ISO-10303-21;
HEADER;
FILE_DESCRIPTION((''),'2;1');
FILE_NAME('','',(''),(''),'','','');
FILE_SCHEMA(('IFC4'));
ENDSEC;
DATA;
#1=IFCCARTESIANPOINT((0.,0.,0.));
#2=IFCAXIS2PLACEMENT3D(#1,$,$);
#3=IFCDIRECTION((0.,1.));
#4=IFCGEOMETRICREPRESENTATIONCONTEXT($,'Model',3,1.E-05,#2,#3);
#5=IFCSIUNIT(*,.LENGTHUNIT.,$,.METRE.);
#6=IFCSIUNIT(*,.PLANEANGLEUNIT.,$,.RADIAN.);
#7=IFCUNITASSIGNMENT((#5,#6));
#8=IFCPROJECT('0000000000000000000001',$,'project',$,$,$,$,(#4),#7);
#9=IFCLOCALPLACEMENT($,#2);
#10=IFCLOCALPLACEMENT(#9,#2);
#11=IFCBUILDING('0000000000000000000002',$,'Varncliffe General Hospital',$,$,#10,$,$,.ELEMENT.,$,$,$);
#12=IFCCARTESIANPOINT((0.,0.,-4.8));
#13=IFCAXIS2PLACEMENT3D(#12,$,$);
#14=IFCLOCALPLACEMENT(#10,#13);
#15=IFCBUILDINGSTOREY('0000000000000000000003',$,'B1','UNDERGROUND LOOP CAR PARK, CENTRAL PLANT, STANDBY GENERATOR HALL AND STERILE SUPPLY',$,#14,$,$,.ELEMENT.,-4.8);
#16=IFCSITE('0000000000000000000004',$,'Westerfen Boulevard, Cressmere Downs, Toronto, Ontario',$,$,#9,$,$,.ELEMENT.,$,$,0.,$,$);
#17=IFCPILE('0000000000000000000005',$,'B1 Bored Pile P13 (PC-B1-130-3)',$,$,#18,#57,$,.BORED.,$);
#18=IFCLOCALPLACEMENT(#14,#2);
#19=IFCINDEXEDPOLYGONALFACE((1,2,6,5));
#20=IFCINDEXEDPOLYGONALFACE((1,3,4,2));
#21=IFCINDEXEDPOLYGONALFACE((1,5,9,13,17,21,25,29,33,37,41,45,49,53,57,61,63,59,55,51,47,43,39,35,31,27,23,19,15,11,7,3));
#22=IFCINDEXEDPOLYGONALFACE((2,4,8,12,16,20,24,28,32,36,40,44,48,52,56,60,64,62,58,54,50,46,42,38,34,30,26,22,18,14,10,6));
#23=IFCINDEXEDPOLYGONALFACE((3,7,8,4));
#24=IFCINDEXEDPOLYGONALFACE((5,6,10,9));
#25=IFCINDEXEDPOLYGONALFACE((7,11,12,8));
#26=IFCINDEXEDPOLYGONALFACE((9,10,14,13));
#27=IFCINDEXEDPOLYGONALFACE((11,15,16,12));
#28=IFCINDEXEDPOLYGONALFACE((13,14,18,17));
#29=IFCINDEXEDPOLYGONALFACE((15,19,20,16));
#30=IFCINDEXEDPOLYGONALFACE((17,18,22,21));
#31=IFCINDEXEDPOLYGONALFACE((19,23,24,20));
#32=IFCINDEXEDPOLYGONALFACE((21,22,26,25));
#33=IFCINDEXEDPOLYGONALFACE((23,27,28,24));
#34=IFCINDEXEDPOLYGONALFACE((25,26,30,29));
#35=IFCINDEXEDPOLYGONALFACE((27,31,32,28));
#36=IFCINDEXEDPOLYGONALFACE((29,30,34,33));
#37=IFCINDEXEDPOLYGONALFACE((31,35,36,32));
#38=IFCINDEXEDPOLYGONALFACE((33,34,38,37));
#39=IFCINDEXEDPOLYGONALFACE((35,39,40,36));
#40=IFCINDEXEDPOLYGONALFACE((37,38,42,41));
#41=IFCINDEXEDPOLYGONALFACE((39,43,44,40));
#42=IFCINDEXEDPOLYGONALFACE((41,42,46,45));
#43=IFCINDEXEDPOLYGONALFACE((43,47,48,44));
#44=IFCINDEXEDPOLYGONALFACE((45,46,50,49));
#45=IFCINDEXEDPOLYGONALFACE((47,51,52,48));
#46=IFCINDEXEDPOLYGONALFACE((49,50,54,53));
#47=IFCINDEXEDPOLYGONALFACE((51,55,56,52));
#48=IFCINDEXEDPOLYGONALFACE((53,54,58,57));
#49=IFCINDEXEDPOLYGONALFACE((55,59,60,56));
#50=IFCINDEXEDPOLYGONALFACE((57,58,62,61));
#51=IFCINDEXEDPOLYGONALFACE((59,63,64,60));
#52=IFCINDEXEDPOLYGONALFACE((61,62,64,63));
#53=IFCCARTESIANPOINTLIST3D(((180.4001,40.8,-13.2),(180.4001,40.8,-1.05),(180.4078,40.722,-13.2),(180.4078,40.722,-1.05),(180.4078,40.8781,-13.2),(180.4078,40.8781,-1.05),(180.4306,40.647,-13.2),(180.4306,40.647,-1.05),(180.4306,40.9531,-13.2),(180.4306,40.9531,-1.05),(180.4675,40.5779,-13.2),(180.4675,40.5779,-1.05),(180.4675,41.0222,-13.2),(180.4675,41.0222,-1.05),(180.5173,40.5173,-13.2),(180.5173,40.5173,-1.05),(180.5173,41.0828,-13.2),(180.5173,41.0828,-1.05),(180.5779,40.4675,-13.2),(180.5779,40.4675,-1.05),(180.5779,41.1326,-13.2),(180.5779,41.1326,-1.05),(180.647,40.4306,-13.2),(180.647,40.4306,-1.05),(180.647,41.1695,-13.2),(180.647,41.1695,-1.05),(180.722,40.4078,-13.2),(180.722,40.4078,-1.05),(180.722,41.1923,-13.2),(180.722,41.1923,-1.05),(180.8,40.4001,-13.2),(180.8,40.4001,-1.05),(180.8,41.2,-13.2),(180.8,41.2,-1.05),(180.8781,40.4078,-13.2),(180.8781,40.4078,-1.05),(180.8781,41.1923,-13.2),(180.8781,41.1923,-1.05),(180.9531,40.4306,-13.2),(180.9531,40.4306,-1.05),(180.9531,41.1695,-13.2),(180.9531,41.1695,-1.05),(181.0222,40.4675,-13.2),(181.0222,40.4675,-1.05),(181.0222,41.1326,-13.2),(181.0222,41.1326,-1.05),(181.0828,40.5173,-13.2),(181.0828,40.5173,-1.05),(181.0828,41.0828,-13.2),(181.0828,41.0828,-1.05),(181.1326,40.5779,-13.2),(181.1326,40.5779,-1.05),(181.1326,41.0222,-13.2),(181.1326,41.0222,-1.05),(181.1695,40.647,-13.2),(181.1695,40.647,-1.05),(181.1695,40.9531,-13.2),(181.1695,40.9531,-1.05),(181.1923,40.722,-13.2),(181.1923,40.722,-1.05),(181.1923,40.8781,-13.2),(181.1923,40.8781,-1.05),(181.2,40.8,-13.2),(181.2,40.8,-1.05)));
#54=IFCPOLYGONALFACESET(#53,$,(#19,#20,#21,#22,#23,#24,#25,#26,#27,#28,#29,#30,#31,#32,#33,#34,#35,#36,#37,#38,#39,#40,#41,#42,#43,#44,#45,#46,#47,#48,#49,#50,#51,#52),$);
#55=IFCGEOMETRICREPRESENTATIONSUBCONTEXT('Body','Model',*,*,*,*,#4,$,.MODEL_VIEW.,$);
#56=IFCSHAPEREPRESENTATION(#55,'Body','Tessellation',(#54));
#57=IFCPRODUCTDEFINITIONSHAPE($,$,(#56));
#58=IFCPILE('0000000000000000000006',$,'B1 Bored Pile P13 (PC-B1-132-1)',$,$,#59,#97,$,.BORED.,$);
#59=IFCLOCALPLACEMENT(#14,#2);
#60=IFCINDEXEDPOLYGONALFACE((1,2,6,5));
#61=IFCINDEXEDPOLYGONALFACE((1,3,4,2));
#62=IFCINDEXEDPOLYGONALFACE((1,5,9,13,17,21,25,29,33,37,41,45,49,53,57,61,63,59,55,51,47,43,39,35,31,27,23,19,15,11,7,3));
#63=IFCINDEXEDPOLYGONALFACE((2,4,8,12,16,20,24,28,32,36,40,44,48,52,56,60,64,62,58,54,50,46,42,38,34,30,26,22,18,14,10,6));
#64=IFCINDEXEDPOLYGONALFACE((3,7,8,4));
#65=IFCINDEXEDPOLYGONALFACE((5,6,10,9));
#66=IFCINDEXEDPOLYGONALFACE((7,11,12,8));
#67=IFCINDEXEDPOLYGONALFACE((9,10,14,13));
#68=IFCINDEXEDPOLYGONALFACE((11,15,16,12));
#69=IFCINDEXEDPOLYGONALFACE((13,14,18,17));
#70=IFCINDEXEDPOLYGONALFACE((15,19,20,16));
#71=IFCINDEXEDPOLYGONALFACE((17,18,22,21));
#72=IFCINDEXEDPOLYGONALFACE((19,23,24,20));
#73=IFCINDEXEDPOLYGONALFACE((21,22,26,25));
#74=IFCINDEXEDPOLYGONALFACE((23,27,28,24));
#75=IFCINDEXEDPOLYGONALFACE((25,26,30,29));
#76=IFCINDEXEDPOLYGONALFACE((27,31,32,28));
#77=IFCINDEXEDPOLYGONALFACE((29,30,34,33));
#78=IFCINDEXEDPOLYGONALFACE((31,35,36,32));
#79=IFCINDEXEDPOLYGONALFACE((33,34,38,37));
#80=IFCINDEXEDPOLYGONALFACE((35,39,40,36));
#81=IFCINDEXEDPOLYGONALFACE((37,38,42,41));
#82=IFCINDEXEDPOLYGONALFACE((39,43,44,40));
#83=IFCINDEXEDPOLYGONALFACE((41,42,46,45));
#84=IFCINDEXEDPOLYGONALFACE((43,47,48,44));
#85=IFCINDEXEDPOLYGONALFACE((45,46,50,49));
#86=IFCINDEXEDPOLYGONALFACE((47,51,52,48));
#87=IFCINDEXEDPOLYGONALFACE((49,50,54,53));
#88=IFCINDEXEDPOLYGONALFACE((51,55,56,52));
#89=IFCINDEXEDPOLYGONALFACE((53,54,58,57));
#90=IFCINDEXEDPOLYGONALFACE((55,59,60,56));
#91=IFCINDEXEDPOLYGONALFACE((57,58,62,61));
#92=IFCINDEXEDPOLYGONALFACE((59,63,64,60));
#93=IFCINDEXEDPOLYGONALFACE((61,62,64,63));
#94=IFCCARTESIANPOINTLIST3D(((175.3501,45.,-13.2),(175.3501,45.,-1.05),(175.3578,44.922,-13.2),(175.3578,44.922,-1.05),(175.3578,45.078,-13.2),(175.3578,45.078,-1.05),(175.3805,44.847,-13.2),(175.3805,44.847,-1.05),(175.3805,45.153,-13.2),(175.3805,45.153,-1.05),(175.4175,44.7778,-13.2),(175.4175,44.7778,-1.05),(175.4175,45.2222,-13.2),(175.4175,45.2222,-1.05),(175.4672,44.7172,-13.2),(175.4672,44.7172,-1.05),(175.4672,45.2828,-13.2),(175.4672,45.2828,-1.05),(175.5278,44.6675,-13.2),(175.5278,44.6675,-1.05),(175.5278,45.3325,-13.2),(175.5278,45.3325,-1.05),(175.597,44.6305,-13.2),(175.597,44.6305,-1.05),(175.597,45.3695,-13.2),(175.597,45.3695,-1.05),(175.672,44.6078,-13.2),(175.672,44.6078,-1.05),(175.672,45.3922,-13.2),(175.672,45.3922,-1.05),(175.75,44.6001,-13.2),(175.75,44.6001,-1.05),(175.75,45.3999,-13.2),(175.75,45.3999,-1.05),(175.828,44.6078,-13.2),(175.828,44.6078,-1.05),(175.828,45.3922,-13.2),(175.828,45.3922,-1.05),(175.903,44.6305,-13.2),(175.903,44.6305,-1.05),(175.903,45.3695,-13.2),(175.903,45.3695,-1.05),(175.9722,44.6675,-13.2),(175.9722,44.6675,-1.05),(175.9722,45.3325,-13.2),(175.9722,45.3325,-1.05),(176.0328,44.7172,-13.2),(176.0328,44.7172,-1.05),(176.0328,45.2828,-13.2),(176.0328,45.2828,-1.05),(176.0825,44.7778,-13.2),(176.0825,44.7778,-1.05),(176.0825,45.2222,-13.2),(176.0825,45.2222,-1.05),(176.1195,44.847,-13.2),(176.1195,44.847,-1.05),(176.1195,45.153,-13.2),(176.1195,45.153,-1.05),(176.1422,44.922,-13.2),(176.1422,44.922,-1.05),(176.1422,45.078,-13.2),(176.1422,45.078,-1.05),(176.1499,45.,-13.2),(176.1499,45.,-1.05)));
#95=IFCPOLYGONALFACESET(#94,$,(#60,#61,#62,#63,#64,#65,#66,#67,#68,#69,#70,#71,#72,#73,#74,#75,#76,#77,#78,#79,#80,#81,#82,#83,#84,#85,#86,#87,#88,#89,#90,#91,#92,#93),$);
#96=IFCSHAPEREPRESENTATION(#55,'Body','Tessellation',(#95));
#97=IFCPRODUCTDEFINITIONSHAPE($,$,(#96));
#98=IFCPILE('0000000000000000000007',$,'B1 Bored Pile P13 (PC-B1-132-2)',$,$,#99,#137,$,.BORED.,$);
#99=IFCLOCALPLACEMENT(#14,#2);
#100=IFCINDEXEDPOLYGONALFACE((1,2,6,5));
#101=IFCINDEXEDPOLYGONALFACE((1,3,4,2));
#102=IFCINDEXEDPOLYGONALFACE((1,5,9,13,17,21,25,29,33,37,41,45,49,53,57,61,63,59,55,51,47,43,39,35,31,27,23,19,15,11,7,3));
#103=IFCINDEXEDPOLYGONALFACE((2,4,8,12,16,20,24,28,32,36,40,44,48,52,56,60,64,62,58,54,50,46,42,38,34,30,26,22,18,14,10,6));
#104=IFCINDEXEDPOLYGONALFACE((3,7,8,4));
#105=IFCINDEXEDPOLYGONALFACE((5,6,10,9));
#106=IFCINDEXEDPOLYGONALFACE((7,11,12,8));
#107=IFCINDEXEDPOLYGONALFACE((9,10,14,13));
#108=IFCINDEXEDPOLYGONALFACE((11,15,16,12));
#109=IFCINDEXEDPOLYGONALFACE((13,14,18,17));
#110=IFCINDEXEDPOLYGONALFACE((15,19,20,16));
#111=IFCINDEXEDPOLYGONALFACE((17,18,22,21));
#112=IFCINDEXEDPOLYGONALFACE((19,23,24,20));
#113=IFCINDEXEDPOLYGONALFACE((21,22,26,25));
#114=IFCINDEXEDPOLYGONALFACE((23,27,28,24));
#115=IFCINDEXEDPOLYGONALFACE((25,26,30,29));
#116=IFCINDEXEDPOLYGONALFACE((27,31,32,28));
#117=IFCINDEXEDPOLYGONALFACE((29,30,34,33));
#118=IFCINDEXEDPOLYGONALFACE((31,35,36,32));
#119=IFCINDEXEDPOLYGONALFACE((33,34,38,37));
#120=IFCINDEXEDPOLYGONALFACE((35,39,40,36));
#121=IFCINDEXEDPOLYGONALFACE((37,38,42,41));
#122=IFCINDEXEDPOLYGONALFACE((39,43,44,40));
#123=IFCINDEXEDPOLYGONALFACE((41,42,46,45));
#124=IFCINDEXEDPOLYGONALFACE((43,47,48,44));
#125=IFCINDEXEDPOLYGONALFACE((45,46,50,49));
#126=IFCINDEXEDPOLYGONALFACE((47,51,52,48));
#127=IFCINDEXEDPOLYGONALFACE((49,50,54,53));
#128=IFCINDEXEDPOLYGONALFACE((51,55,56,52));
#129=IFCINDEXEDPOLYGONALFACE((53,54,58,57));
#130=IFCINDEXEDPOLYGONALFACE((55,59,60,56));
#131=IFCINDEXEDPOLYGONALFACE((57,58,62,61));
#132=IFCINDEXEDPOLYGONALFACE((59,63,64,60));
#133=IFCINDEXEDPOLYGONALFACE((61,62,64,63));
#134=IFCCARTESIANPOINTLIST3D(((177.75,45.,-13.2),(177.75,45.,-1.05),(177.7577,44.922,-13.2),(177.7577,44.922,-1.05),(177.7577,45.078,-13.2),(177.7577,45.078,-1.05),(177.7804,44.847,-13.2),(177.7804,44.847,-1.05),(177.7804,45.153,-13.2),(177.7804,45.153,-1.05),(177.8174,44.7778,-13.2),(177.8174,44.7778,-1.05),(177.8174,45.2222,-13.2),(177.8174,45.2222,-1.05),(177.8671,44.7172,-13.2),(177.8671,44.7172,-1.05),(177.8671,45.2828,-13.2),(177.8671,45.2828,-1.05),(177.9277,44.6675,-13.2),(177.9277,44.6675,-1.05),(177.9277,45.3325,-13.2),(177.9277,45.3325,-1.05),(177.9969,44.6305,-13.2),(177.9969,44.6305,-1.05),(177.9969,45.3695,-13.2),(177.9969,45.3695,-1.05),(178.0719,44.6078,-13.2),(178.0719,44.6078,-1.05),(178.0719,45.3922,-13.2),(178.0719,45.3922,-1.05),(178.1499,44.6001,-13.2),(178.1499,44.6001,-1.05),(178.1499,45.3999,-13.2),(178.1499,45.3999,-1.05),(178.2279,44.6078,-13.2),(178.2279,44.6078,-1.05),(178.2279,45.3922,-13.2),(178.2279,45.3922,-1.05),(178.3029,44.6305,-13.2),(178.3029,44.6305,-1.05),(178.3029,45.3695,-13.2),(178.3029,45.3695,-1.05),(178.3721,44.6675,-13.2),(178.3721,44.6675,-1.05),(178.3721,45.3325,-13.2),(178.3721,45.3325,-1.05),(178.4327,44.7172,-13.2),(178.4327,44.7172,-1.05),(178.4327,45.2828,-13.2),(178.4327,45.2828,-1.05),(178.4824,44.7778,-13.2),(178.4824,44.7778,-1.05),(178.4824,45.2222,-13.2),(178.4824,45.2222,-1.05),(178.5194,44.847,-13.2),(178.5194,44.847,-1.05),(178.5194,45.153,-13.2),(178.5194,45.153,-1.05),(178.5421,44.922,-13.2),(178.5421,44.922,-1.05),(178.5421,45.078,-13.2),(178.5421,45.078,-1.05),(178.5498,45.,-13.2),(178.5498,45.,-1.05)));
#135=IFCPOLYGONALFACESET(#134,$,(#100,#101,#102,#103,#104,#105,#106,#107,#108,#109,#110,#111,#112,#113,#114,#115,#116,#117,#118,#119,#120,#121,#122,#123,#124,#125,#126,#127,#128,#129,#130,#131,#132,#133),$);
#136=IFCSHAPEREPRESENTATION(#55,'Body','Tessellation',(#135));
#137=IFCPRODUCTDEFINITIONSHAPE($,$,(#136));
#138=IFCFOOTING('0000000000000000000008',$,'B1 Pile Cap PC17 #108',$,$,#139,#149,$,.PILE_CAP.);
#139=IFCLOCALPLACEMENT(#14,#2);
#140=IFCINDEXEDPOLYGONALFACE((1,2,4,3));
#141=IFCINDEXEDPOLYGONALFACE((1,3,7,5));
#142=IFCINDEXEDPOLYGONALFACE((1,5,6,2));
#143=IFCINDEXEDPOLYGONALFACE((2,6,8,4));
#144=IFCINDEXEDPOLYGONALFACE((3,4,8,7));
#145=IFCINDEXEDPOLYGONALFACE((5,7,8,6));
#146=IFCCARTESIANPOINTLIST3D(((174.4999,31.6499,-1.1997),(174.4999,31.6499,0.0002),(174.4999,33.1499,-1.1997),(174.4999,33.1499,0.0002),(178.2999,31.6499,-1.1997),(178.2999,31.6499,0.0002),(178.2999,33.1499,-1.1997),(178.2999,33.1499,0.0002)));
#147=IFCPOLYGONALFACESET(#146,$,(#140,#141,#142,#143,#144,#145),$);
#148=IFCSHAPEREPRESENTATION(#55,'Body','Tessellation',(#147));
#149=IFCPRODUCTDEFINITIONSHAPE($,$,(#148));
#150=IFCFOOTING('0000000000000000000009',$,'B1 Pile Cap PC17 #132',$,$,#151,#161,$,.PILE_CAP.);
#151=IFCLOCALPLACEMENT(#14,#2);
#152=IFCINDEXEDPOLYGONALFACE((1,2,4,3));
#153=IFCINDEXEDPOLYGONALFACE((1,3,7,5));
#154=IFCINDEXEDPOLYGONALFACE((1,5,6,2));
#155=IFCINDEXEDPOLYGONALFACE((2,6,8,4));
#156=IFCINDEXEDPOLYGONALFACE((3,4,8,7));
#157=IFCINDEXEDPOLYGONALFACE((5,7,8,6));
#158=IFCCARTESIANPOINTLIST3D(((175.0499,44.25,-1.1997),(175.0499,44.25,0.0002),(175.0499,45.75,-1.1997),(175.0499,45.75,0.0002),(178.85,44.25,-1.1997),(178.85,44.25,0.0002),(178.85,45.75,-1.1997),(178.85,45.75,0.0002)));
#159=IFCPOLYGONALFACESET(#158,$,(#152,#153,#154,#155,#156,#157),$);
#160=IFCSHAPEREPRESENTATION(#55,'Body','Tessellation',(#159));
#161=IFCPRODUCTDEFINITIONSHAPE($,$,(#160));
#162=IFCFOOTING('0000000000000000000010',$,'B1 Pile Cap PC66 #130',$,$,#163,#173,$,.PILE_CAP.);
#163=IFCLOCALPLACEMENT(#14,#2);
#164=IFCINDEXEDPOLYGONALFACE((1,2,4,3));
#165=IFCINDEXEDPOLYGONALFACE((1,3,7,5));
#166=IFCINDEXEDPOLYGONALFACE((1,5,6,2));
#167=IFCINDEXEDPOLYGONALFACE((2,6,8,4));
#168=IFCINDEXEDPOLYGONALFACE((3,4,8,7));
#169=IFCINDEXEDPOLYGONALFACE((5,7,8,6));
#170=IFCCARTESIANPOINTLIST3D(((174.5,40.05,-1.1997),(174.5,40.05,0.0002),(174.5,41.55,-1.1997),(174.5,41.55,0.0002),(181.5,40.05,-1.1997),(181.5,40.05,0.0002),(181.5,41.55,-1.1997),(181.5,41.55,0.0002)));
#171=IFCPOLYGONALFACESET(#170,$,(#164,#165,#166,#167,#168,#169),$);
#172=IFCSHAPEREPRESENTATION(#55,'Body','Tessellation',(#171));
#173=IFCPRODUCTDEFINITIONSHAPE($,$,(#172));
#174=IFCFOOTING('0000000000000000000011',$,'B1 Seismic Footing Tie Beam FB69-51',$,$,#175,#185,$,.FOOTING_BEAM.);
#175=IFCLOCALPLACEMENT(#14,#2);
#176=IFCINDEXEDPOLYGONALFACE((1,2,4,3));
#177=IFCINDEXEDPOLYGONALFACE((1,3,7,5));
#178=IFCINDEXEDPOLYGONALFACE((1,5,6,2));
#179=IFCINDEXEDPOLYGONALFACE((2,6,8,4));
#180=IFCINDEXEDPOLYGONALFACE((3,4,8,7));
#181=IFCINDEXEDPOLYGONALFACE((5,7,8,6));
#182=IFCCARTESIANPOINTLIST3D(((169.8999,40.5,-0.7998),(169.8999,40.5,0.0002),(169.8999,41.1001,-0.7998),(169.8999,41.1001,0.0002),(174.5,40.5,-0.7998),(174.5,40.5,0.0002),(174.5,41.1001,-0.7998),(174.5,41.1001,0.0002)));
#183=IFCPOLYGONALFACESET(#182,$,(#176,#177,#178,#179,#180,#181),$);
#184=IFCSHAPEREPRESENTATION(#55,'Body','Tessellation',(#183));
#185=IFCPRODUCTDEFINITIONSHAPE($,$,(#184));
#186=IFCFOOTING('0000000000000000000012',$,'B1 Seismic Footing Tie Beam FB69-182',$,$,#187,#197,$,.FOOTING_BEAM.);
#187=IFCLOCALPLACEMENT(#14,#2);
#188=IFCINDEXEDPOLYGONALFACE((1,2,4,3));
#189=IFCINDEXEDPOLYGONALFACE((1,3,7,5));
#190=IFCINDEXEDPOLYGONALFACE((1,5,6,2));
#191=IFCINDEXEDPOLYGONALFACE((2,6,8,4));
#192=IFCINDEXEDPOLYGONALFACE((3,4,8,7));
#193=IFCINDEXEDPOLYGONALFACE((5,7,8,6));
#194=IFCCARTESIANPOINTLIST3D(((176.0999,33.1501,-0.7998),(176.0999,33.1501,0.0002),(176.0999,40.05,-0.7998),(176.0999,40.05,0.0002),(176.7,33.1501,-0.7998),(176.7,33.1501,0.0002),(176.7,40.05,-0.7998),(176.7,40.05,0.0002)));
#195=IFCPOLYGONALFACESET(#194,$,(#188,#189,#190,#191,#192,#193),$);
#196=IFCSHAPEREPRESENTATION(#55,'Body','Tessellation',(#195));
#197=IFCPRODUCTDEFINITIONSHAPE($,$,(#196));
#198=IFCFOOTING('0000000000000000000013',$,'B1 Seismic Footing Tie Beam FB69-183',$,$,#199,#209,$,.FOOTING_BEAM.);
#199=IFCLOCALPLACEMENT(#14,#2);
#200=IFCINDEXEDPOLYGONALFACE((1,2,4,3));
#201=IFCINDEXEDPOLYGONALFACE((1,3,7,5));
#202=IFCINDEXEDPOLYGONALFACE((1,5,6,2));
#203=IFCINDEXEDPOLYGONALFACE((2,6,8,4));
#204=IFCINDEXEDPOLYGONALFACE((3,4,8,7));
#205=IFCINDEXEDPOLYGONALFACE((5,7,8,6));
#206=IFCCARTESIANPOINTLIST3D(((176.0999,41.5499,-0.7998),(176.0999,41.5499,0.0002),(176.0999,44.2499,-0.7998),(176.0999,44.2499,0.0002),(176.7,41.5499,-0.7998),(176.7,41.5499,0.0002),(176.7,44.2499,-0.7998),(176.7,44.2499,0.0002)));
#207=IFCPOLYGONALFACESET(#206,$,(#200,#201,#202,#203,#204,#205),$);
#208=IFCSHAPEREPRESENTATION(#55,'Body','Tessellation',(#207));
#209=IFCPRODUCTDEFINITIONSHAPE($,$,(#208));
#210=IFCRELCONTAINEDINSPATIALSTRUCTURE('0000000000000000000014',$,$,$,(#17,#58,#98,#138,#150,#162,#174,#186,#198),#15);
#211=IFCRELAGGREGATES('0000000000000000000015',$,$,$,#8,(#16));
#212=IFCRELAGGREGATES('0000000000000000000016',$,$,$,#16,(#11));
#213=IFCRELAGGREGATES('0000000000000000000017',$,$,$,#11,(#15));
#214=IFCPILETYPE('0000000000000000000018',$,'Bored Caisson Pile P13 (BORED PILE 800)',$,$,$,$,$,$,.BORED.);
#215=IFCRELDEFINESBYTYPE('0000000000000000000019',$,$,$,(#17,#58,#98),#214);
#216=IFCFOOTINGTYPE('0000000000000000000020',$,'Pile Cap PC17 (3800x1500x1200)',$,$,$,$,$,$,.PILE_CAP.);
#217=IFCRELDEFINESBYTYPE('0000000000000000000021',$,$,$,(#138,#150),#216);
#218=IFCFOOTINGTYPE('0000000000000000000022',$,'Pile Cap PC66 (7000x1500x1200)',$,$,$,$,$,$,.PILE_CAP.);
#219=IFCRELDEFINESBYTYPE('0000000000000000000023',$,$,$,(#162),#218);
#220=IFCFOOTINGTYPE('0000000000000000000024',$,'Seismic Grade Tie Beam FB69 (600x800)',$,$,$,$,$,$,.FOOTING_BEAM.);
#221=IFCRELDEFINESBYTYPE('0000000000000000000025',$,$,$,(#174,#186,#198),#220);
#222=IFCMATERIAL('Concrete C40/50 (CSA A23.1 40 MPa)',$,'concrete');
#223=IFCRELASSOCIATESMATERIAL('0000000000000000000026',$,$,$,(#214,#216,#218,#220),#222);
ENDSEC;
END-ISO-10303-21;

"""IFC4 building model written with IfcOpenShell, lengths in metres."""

from ifc_helpers import new_model, si_unit, direction, frame, origin, origin_2d, place, context, subcontext, project, spatial, rectangle, circle, extrude, material, material_profile, profile_set, type_object, element, save


model = new_model("IFC4")

# Units and contexts
model_context = context("Model", 3, precision=1e-05, world=origin(), true_north=direction((0.0, 1.0)))
body_context = subcontext(model_context, "Body", "Model", "MODEL_VIEW")
ifc_project = project(units=[si_unit("LENGTHUNIT", "METRE"), si_unit("PLANEANGLEUNIT", "RADIAN")], contexts=[model_context])

# Site, building, storey
site_placement = place(None, origin())
site = spatial("IfcSite", under=ifc_project, at=site_placement, Name="Westerfen Boulevard, Cressmere Downs, Toronto, Ontario", CompositionType="ELEMENT", RefElevation=0.0)
building_placement = place(site_placement, origin())
building = spatial("IfcBuilding", under=site, at=building_placement, Name="Varncliffe General Hospital", CompositionType="ELEMENT")
storey_placement = place(building_placement, frame((0.0, 0.0, -4.8)))
storey = spatial("IfcBuildingStorey", under=building, at=storey_placement, Name="B1", Description="UNDERGROUND LOOP CAR PARK, CENTRAL PLANT, STANDBY GENERATOR HALL AND STERILE SUPPLY", CompositionType="ELEMENT", Elevation=-4.8)

# Piles
ifc_material_1 = material(Name="Concrete C40/50 (CSA A23.1 40 MPa)", Category="concrete")
ifc_material_profile_1 = material_profile(ifc_material_1, circle(Radius=0.3999, at=origin_2d()), Name="BORED PILE 800")
ifc_profile_set_1 = profile_set([ifc_material_profile_1], Name="Concrete C40/50 (CSA A23.1 40 MPa)")
pile_type = type_object("IfcPileType", Name="Bored Caisson Pile P13 (BORED PILE 800)", PredefinedType="BORED", material=ifc_profile_set_1)
for number, where, z_axis, x_axis, name in (
    (1, (180.8, 40.8, -1.05), (0.0, 0.0, -1.0), (1.0, 0.0, 0.0), "B1 Bored Pile P13 (PC-B1-130-3)"),
    (2, (175.75, 45.0, -1.05), (0.0, 0.0, -1.0), (1.0, 0.0, 0.0), "B1 Bored Pile P13 (PC-B1-132-1)"),
    (3, (178.1499, 45.0, -1.05), (0.0, 0.0, -1.0), (1.0, 0.0, 0.0), "B1 Bored Pile P13 (PC-B1-132-2)"),
):
    element("IfcPile", number, at=place(storey_placement, frame(where, z_axis=z_axis, x_axis=x_axis)), inside=storey, type_object=pile_type, Name=name, PredefinedType="BORED", context=body_context, shape_type="SweptSolid", body=[
        extrude(circle(Radius=0.3999, at=origin_2d()), origin(), (0.0, 0.0, 1.0), 12.1499),
    ])

# Footings
footing_type_1 = type_object("IfcFootingType", Name="Pile Cap PC17 (3800x1500x1200)", PredefinedType="PILE_CAP", material=ifc_material_1)
for number, where, z_axis, x_axis, name in (
    (4, (176.3999, 32.3999, -1.1997), (0.0, 0.0, 1.0), (1.0, 0.0, 0.0), "B1 Pile Cap PC17 #108"),
    (5, (176.95, 45.0, -1.1997), (0.0, 0.0, 1.0), (1.0, 0.0, 0.0), "B1 Pile Cap PC17 #132"),
):
    element("IfcFooting", number, at=place(storey_placement, frame(where, z_axis=z_axis, x_axis=x_axis)), inside=storey, type_object=footing_type_1, Name=name, PredefinedType="PILE_CAP", context=body_context, shape_type="SweptSolid", body=[
        extrude(rectangle(XDim=3.8, YDim=1.5, at=origin_2d()), origin(), (0.0, 0.0, 1.0), 1.2),
    ])
footing_type_2 = type_object("IfcFootingType", Name="Pile Cap PC66 (7000x1500x1200)", PredefinedType="PILE_CAP", material=ifc_material_1)
footing_1_placement = place(storey_placement, frame((178.0, 40.8, -1.1997), z_axis=(0.0, 0.0, 1.0), x_axis=(1.0, 0.0, 0.0)))
element("IfcFooting", 6, at=footing_1_placement, inside=storey, type_object=footing_type_2, Name="B1 Pile Cap PC66 #130", PredefinedType="PILE_CAP", context=body_context, shape_type="SweptSolid", body=[
    extrude(rectangle(XDim=7.0, YDim=1.5, at=origin_2d()), origin(), (0.0, 0.0, 1.0), 1.2),
])
footing_type_3 = type_object("IfcFootingType", Name="Seismic Grade Tie Beam FB69 (600x800)", PredefinedType="FOOTING_BEAM", material=ifc_material_1)
footing_2_placement = place(storey_placement, frame((172.2, 40.8, -0.7998), z_axis=(0.0, 0.0, 1.0), x_axis=(1.0, 0.0, 0.0)))
element("IfcFooting", 7, at=footing_2_placement, inside=storey, type_object=footing_type_3, Name="B1 Seismic Footing Tie Beam FB69-51", PredefinedType="FOOTING_BEAM", context=body_context, shape_type="SweptSolid", body=[
    extrude(rectangle(XDim=4.6001, YDim=0.6001, at=origin_2d()), origin(), (0.0, 0.0, 1.0), 0.8),
])
footing_3_placement = place(storey_placement, frame((176.3999, 36.6001, -0.7998), z_axis=(0.0, 0.0, 1.0), x_axis=(1.0, 0.0, 0.0)))
element("IfcFooting", 8, at=footing_3_placement, inside=storey, type_object=footing_type_3, Name="B1 Seismic Footing Tie Beam FB69-182", PredefinedType="FOOTING_BEAM", context=body_context, shape_type="SweptSolid", body=[
    extrude(rectangle(XDim=0.6001, YDim=6.8999, at=origin_2d()), origin(), (0.0, 0.0, 1.0), 0.8),
])
for number, where, z_axis, x_axis, name in (
    (9, (176.3999, 42.8999, -0.7998), (0.0, 0.0, 1.0), (1.0, 0.0, 0.0), "B1 Seismic Footing Tie Beam FB69-183"),
):
    element("IfcFooting", number, at=place(storey_placement, frame(where, z_axis=z_axis, x_axis=x_axis)), inside=storey, type_object=footing_type_3, Name=name, PredefinedType="FOOTING_BEAM", context=body_context, shape_type="SweptSolid", body=[
        extrude(rectangle(XDim=0.6001, YDim=2.7, at=origin_2d()), origin(), (0.0, 0.0, 1.0), 0.8),
    ])

save(model, "model.ifc")
